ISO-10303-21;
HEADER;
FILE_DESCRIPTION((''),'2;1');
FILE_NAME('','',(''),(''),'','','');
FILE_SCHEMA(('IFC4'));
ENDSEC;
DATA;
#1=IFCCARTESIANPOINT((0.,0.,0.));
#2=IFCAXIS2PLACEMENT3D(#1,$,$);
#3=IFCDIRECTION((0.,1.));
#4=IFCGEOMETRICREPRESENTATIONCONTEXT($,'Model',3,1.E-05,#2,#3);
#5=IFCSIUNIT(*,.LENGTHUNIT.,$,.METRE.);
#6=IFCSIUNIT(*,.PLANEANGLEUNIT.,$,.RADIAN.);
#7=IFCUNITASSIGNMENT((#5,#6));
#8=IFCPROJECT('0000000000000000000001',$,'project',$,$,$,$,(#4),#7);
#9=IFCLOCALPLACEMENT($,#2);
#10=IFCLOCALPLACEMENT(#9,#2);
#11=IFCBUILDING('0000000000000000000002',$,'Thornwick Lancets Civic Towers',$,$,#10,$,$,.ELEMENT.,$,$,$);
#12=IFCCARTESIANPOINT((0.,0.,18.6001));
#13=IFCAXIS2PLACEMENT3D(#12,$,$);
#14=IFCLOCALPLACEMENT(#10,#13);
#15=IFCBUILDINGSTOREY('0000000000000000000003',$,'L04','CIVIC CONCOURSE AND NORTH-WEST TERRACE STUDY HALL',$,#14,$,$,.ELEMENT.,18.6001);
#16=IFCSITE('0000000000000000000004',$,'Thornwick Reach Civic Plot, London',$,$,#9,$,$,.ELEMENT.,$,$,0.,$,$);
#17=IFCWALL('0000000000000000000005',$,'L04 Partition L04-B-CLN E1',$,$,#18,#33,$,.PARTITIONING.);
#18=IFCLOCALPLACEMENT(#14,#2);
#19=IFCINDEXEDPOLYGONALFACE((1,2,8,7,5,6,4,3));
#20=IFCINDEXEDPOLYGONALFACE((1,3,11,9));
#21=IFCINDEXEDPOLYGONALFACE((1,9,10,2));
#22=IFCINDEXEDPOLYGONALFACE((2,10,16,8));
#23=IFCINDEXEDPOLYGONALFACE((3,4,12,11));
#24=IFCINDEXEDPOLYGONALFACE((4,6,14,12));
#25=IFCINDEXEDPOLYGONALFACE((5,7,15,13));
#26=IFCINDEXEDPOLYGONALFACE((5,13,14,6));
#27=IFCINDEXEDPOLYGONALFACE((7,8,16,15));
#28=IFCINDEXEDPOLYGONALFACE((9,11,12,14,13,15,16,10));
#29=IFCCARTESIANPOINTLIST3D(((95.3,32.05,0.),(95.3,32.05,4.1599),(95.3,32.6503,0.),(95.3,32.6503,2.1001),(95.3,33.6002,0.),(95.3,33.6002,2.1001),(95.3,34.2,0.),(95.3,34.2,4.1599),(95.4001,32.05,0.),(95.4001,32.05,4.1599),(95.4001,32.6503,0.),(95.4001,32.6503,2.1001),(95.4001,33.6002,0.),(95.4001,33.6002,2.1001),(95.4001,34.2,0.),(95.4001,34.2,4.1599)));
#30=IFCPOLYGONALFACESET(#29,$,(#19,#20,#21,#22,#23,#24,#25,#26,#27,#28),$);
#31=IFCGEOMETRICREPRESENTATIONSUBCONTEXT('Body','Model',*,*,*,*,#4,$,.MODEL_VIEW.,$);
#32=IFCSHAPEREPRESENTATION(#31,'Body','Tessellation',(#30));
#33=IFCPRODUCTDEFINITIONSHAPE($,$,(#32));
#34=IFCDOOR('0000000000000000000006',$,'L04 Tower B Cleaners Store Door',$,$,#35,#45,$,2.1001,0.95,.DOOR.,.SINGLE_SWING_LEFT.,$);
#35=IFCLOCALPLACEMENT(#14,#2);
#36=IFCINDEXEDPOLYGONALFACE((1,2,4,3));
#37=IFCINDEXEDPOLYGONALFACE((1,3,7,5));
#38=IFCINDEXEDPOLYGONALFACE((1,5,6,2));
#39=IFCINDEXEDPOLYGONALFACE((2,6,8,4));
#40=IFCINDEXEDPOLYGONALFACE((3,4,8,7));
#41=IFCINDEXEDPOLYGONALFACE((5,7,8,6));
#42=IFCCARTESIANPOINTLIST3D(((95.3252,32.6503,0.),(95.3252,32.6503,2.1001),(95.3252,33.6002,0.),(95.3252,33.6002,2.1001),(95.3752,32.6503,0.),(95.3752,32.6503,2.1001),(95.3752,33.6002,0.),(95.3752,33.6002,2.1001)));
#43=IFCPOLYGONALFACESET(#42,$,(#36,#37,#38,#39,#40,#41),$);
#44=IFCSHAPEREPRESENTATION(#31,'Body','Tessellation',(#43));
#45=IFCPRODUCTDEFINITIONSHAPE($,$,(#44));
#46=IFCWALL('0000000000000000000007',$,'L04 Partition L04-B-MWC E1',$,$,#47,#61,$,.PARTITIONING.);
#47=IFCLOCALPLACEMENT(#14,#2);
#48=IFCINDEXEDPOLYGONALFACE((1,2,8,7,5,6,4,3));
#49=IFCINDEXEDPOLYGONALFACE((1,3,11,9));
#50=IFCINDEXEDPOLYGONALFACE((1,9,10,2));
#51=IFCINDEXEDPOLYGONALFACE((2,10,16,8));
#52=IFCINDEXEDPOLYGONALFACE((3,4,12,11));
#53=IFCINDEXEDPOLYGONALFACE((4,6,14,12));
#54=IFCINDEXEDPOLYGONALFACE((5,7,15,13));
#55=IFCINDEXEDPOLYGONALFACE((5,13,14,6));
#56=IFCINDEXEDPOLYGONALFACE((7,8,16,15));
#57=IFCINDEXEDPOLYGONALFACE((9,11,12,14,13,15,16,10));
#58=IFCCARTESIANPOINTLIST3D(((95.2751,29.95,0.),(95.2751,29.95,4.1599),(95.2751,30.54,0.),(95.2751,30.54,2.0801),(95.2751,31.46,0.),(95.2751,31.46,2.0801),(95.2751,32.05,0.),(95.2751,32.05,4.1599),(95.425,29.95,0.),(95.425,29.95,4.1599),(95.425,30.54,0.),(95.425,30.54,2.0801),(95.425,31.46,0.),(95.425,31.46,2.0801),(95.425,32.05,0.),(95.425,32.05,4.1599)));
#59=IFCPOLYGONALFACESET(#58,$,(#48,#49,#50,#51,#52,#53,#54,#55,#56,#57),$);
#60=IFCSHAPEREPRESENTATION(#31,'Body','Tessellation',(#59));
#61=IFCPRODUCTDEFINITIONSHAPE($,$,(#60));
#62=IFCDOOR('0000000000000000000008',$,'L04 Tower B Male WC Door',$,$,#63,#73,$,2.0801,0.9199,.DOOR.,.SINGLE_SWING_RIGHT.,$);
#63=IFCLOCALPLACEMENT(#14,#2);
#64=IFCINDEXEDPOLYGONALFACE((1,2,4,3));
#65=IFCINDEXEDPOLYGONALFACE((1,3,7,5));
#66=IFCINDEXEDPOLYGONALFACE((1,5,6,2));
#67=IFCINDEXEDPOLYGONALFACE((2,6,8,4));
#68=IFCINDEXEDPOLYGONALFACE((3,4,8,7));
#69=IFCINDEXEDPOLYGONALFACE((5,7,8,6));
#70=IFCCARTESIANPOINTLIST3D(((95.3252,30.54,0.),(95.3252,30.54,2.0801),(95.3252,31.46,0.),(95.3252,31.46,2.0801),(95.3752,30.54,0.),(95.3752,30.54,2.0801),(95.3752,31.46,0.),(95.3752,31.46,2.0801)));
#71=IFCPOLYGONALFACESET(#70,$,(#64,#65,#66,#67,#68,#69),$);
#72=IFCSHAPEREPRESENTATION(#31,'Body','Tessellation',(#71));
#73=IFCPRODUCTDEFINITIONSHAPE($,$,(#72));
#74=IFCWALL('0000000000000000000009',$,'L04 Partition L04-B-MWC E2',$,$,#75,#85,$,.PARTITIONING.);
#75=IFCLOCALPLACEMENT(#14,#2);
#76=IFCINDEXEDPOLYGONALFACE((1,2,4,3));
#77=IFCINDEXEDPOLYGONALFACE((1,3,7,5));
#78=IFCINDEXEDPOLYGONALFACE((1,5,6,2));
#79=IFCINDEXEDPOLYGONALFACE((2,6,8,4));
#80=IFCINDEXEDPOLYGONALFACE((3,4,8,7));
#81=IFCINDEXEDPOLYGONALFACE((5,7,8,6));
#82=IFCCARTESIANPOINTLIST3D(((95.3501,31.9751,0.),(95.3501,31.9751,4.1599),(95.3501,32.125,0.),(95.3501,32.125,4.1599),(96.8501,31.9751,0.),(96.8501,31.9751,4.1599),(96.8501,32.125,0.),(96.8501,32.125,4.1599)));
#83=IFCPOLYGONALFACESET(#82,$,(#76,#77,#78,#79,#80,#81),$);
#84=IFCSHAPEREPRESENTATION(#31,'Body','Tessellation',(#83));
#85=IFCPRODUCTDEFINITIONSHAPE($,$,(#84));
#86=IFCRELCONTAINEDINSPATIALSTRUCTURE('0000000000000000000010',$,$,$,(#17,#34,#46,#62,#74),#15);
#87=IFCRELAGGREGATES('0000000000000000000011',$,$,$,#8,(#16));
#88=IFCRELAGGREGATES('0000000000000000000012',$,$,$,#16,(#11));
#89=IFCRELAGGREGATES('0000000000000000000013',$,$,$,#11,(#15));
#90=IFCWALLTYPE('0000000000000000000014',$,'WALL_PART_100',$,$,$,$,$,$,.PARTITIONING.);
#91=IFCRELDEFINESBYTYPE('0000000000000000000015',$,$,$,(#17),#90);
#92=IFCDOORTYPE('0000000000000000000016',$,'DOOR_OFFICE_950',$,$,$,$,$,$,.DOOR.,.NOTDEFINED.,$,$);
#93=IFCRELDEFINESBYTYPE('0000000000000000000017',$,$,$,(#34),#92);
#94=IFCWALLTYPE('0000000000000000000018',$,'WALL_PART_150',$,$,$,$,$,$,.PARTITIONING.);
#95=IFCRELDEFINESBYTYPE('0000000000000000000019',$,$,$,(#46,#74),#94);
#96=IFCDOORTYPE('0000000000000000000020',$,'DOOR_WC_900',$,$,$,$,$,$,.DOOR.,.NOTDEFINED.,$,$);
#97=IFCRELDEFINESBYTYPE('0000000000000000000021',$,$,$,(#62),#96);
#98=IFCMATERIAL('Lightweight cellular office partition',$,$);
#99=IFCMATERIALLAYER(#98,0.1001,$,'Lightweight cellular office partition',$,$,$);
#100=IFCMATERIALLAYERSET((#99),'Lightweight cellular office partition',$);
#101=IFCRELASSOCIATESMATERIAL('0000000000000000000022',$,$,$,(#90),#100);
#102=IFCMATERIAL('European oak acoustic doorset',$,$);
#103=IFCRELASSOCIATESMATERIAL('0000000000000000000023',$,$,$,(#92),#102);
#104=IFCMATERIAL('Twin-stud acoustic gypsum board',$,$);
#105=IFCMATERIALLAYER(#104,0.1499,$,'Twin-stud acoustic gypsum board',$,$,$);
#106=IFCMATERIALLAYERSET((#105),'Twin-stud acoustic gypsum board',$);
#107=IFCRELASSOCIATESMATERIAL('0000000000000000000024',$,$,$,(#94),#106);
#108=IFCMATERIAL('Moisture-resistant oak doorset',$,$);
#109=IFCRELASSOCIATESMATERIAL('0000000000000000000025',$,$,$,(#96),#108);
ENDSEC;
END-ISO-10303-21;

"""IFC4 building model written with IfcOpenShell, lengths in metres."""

from ifc_helpers import new_model, si_unit, direction, frame, frame_2d, origin, place, context, subcontext, project, spatial, rectangle, extrude, material, layer, layer_set, type_object, element, fill, save


model = new_model("IFC4")

# Units and contexts
model_context = context("Model", 3, precision=1e-05, world=origin(), true_north=direction((0.0, 1.0)))
body_context = subcontext(model_context, "Body", "Model", "MODEL_VIEW")
ifc_project = project(units=[si_unit("LENGTHUNIT", "METRE"), si_unit("PLANEANGLEUNIT", "RADIAN")], contexts=[model_context])

# Site, building, storey
site_placement = place(None, origin())
site = spatial("IfcSite", under=ifc_project, at=site_placement, Name="Thornwick Reach Civic Plot, London", CompositionType="ELEMENT", RefElevation=0.0)
building_placement = place(site_placement, origin())
building = spatial("IfcBuilding", under=site, at=building_placement, Name="Thornwick Lancets Civic Towers", CompositionType="ELEMENT")
storey_placement = place(building_placement, frame((0.0, 0.0, 18.6001)))
storey = spatial("IfcBuildingStorey", under=building, at=storey_placement, Name="L04", Description="CIVIC CONCOURSE AND NORTH-WEST TERRACE STUDY HALL", CompositionType="ELEMENT", Elevation=18.6001)

# Walls, openings, doors
ifc_material_1 = material(Name="Lightweight cellular office partition")
ifc_layer_1 = layer(ifc_material_1, 0.1001, Name="Lightweight cellular office partition")
ifc_layer_set_1 = layer_set([ifc_layer_1], Name="Lightweight cellular office partition")
wall_type_1 = type_object("IfcWallType", Name="WALL_PART_100", PredefinedType="PARTITIONING", material=ifc_layer_set_1)
wall_1_placement = place(storey_placement, frame((95.3501, 32.05, 0.0), z_axis=(0.0, 0.0, 1.0), x_axis=(0.0, 1.0, 0.0)))
wall_1 = element("IfcWall", 1, at=wall_1_placement, inside=storey, type_object=wall_type_1, Name="L04 Partition L04-B-CLN E1", PredefinedType="PARTITIONING", context=body_context, shape_type="SweptSolid", body=[
    extrude(rectangle(XDim=2.1499, YDim=0.1001, at=frame_2d((1.075, 0.0))), origin(), (0.0, 0.0, 1.0), 4.1599),
])
opening_1_placement = place(wall_1_placement, frame((0.6001, 0.0, 0.0)))
opening_1 = element("IfcOpeningElement", 2, at=opening_1_placement, cuts=wall_1, PredefinedType="OPENING", context=body_context, shape_type="SweptSolid", body=[
    extrude(rectangle(XDim=0.95, YDim=2.1001, at=frame_2d((0.4751, 1.05))), frame((0.0, 0.0601, 0.0), z_axis=(0.0, -1.0, 0.0), x_axis=(1.0, 0.0, 0.0)), (0.0, 0.0, 1.0), 0.1201),
])
ifc_material_2 = material(Name="European oak acoustic doorset")
door_type_1 = type_object("IfcDoorType", Name="DOOR_OFFICE_950", OperationType="NOTDEFINED", PredefinedType="DOOR", material=ifc_material_2)
door_1_placement = place(opening_1_placement, origin())
door_1 = element("IfcDoor", 3, at=door_1_placement, inside=storey, type_object=door_type_1, Name="L04 Tower B Cleaners Store Door", OperationType="SINGLE_SWING_LEFT", OverallHeight=2.1001, OverallWidth=0.95, PredefinedType="DOOR", context=body_context, shape_type="SweptSolid", body=[
    extrude(rectangle(XDim=0.95, YDim=2.1001, at=frame_2d((0.4751, 1.05))), frame((0.0, 0.0249, 0.0), z_axis=(0.0, -1.0, 0.0), x_axis=(1.0, 0.0, 0.0)), (0.0, 0.0, 1.0), 0.05),
])
fill(opening_1, door_1)
ifc_material_3 = material(Name="Twin-stud acoustic gypsum board")
ifc_layer_2 = layer(ifc_material_3, 0.1499, Name="Twin-stud acoustic gypsum board")
ifc_layer_set_2 = layer_set([ifc_layer_2], Name="Twin-stud acoustic gypsum board")
wall_type_2 = type_object("IfcWallType", Name="WALL_PART_150", PredefinedType="PARTITIONING", material=ifc_layer_set_2)
wall_2_placement = place(storey_placement, frame((95.3501, 29.95, 0.0), z_axis=(0.0, 0.0, 1.0), x_axis=(0.0, 1.0, 0.0)))
wall_2 = element("IfcWall", 4, at=wall_2_placement, inside=storey, type_object=wall_type_2, Name="L04 Partition L04-B-MWC E1", PredefinedType="PARTITIONING", context=body_context, shape_type="SweptSolid", body=[
    extrude(rectangle(XDim=2.1001, YDim=0.1499, at=frame_2d((1.05, 0.0))), origin(), (0.0, 0.0, 1.0), 4.1599),
])
opening_2_placement = place(wall_2_placement, frame((0.5901, 0.0, 0.0)))
opening_2 = element("IfcOpeningElement", 5, at=opening_2_placement, cuts=wall_2, PredefinedType="OPENING", context=body_context, shape_type="SweptSolid", body=[
    extrude(rectangle(XDim=0.9199, YDim=2.0801, at=frame_2d((0.46, 1.04))), frame((0.0, 0.085, 0.0), z_axis=(0.0, -1.0, 0.0), x_axis=(1.0, 0.0, 0.0)), (0.0, 0.0, 1.0), 0.1699),
])
ifc_material_4 = material(Name="Moisture-resistant oak doorset")
door_type_2 = type_object("IfcDoorType", Name="DOOR_WC_900", OperationType="NOTDEFINED", PredefinedType="DOOR", material=ifc_material_4)
door_2_placement = place(opening_2_placement, origin())
door_2 = element("IfcDoor", 6, at=door_2_placement, inside=storey, type_object=door_type_2, Name="L04 Tower B Male WC Door", OperationType="SINGLE_SWING_RIGHT", OverallHeight=2.0801, OverallWidth=0.9199, PredefinedType="DOOR", context=body_context, shape_type="SweptSolid", body=[
    extrude(rectangle(XDim=0.9199, YDim=2.0801, at=frame_2d((0.46, 1.04))), frame((0.0, 0.0249, 0.0), z_axis=(0.0, -1.0, 0.0), x_axis=(1.0, 0.0, 0.0)), (0.0, 0.0, 1.0), 0.05),
])
fill(opening_2, door_2)

# Wall
wall_3_placement = place(storey_placement, frame((95.3501, 32.05, 0.0), z_axis=(0.0, 0.0, 1.0), x_axis=(1.0, 0.0, 0.0)))
element("IfcWall", 7, at=wall_3_placement, inside=storey, type_object=wall_type_2, Name="L04 Partition L04-B-MWC E2", PredefinedType="PARTITIONING", context=body_context, shape_type="SweptSolid", body=[
    extrude(rectangle(XDim=1.5, YDim=0.1499, at=frame_2d((0.75, 0.0))), origin(), (0.0, 0.0, 1.0), 4.1599),
])

save(model, "model.ifc")
